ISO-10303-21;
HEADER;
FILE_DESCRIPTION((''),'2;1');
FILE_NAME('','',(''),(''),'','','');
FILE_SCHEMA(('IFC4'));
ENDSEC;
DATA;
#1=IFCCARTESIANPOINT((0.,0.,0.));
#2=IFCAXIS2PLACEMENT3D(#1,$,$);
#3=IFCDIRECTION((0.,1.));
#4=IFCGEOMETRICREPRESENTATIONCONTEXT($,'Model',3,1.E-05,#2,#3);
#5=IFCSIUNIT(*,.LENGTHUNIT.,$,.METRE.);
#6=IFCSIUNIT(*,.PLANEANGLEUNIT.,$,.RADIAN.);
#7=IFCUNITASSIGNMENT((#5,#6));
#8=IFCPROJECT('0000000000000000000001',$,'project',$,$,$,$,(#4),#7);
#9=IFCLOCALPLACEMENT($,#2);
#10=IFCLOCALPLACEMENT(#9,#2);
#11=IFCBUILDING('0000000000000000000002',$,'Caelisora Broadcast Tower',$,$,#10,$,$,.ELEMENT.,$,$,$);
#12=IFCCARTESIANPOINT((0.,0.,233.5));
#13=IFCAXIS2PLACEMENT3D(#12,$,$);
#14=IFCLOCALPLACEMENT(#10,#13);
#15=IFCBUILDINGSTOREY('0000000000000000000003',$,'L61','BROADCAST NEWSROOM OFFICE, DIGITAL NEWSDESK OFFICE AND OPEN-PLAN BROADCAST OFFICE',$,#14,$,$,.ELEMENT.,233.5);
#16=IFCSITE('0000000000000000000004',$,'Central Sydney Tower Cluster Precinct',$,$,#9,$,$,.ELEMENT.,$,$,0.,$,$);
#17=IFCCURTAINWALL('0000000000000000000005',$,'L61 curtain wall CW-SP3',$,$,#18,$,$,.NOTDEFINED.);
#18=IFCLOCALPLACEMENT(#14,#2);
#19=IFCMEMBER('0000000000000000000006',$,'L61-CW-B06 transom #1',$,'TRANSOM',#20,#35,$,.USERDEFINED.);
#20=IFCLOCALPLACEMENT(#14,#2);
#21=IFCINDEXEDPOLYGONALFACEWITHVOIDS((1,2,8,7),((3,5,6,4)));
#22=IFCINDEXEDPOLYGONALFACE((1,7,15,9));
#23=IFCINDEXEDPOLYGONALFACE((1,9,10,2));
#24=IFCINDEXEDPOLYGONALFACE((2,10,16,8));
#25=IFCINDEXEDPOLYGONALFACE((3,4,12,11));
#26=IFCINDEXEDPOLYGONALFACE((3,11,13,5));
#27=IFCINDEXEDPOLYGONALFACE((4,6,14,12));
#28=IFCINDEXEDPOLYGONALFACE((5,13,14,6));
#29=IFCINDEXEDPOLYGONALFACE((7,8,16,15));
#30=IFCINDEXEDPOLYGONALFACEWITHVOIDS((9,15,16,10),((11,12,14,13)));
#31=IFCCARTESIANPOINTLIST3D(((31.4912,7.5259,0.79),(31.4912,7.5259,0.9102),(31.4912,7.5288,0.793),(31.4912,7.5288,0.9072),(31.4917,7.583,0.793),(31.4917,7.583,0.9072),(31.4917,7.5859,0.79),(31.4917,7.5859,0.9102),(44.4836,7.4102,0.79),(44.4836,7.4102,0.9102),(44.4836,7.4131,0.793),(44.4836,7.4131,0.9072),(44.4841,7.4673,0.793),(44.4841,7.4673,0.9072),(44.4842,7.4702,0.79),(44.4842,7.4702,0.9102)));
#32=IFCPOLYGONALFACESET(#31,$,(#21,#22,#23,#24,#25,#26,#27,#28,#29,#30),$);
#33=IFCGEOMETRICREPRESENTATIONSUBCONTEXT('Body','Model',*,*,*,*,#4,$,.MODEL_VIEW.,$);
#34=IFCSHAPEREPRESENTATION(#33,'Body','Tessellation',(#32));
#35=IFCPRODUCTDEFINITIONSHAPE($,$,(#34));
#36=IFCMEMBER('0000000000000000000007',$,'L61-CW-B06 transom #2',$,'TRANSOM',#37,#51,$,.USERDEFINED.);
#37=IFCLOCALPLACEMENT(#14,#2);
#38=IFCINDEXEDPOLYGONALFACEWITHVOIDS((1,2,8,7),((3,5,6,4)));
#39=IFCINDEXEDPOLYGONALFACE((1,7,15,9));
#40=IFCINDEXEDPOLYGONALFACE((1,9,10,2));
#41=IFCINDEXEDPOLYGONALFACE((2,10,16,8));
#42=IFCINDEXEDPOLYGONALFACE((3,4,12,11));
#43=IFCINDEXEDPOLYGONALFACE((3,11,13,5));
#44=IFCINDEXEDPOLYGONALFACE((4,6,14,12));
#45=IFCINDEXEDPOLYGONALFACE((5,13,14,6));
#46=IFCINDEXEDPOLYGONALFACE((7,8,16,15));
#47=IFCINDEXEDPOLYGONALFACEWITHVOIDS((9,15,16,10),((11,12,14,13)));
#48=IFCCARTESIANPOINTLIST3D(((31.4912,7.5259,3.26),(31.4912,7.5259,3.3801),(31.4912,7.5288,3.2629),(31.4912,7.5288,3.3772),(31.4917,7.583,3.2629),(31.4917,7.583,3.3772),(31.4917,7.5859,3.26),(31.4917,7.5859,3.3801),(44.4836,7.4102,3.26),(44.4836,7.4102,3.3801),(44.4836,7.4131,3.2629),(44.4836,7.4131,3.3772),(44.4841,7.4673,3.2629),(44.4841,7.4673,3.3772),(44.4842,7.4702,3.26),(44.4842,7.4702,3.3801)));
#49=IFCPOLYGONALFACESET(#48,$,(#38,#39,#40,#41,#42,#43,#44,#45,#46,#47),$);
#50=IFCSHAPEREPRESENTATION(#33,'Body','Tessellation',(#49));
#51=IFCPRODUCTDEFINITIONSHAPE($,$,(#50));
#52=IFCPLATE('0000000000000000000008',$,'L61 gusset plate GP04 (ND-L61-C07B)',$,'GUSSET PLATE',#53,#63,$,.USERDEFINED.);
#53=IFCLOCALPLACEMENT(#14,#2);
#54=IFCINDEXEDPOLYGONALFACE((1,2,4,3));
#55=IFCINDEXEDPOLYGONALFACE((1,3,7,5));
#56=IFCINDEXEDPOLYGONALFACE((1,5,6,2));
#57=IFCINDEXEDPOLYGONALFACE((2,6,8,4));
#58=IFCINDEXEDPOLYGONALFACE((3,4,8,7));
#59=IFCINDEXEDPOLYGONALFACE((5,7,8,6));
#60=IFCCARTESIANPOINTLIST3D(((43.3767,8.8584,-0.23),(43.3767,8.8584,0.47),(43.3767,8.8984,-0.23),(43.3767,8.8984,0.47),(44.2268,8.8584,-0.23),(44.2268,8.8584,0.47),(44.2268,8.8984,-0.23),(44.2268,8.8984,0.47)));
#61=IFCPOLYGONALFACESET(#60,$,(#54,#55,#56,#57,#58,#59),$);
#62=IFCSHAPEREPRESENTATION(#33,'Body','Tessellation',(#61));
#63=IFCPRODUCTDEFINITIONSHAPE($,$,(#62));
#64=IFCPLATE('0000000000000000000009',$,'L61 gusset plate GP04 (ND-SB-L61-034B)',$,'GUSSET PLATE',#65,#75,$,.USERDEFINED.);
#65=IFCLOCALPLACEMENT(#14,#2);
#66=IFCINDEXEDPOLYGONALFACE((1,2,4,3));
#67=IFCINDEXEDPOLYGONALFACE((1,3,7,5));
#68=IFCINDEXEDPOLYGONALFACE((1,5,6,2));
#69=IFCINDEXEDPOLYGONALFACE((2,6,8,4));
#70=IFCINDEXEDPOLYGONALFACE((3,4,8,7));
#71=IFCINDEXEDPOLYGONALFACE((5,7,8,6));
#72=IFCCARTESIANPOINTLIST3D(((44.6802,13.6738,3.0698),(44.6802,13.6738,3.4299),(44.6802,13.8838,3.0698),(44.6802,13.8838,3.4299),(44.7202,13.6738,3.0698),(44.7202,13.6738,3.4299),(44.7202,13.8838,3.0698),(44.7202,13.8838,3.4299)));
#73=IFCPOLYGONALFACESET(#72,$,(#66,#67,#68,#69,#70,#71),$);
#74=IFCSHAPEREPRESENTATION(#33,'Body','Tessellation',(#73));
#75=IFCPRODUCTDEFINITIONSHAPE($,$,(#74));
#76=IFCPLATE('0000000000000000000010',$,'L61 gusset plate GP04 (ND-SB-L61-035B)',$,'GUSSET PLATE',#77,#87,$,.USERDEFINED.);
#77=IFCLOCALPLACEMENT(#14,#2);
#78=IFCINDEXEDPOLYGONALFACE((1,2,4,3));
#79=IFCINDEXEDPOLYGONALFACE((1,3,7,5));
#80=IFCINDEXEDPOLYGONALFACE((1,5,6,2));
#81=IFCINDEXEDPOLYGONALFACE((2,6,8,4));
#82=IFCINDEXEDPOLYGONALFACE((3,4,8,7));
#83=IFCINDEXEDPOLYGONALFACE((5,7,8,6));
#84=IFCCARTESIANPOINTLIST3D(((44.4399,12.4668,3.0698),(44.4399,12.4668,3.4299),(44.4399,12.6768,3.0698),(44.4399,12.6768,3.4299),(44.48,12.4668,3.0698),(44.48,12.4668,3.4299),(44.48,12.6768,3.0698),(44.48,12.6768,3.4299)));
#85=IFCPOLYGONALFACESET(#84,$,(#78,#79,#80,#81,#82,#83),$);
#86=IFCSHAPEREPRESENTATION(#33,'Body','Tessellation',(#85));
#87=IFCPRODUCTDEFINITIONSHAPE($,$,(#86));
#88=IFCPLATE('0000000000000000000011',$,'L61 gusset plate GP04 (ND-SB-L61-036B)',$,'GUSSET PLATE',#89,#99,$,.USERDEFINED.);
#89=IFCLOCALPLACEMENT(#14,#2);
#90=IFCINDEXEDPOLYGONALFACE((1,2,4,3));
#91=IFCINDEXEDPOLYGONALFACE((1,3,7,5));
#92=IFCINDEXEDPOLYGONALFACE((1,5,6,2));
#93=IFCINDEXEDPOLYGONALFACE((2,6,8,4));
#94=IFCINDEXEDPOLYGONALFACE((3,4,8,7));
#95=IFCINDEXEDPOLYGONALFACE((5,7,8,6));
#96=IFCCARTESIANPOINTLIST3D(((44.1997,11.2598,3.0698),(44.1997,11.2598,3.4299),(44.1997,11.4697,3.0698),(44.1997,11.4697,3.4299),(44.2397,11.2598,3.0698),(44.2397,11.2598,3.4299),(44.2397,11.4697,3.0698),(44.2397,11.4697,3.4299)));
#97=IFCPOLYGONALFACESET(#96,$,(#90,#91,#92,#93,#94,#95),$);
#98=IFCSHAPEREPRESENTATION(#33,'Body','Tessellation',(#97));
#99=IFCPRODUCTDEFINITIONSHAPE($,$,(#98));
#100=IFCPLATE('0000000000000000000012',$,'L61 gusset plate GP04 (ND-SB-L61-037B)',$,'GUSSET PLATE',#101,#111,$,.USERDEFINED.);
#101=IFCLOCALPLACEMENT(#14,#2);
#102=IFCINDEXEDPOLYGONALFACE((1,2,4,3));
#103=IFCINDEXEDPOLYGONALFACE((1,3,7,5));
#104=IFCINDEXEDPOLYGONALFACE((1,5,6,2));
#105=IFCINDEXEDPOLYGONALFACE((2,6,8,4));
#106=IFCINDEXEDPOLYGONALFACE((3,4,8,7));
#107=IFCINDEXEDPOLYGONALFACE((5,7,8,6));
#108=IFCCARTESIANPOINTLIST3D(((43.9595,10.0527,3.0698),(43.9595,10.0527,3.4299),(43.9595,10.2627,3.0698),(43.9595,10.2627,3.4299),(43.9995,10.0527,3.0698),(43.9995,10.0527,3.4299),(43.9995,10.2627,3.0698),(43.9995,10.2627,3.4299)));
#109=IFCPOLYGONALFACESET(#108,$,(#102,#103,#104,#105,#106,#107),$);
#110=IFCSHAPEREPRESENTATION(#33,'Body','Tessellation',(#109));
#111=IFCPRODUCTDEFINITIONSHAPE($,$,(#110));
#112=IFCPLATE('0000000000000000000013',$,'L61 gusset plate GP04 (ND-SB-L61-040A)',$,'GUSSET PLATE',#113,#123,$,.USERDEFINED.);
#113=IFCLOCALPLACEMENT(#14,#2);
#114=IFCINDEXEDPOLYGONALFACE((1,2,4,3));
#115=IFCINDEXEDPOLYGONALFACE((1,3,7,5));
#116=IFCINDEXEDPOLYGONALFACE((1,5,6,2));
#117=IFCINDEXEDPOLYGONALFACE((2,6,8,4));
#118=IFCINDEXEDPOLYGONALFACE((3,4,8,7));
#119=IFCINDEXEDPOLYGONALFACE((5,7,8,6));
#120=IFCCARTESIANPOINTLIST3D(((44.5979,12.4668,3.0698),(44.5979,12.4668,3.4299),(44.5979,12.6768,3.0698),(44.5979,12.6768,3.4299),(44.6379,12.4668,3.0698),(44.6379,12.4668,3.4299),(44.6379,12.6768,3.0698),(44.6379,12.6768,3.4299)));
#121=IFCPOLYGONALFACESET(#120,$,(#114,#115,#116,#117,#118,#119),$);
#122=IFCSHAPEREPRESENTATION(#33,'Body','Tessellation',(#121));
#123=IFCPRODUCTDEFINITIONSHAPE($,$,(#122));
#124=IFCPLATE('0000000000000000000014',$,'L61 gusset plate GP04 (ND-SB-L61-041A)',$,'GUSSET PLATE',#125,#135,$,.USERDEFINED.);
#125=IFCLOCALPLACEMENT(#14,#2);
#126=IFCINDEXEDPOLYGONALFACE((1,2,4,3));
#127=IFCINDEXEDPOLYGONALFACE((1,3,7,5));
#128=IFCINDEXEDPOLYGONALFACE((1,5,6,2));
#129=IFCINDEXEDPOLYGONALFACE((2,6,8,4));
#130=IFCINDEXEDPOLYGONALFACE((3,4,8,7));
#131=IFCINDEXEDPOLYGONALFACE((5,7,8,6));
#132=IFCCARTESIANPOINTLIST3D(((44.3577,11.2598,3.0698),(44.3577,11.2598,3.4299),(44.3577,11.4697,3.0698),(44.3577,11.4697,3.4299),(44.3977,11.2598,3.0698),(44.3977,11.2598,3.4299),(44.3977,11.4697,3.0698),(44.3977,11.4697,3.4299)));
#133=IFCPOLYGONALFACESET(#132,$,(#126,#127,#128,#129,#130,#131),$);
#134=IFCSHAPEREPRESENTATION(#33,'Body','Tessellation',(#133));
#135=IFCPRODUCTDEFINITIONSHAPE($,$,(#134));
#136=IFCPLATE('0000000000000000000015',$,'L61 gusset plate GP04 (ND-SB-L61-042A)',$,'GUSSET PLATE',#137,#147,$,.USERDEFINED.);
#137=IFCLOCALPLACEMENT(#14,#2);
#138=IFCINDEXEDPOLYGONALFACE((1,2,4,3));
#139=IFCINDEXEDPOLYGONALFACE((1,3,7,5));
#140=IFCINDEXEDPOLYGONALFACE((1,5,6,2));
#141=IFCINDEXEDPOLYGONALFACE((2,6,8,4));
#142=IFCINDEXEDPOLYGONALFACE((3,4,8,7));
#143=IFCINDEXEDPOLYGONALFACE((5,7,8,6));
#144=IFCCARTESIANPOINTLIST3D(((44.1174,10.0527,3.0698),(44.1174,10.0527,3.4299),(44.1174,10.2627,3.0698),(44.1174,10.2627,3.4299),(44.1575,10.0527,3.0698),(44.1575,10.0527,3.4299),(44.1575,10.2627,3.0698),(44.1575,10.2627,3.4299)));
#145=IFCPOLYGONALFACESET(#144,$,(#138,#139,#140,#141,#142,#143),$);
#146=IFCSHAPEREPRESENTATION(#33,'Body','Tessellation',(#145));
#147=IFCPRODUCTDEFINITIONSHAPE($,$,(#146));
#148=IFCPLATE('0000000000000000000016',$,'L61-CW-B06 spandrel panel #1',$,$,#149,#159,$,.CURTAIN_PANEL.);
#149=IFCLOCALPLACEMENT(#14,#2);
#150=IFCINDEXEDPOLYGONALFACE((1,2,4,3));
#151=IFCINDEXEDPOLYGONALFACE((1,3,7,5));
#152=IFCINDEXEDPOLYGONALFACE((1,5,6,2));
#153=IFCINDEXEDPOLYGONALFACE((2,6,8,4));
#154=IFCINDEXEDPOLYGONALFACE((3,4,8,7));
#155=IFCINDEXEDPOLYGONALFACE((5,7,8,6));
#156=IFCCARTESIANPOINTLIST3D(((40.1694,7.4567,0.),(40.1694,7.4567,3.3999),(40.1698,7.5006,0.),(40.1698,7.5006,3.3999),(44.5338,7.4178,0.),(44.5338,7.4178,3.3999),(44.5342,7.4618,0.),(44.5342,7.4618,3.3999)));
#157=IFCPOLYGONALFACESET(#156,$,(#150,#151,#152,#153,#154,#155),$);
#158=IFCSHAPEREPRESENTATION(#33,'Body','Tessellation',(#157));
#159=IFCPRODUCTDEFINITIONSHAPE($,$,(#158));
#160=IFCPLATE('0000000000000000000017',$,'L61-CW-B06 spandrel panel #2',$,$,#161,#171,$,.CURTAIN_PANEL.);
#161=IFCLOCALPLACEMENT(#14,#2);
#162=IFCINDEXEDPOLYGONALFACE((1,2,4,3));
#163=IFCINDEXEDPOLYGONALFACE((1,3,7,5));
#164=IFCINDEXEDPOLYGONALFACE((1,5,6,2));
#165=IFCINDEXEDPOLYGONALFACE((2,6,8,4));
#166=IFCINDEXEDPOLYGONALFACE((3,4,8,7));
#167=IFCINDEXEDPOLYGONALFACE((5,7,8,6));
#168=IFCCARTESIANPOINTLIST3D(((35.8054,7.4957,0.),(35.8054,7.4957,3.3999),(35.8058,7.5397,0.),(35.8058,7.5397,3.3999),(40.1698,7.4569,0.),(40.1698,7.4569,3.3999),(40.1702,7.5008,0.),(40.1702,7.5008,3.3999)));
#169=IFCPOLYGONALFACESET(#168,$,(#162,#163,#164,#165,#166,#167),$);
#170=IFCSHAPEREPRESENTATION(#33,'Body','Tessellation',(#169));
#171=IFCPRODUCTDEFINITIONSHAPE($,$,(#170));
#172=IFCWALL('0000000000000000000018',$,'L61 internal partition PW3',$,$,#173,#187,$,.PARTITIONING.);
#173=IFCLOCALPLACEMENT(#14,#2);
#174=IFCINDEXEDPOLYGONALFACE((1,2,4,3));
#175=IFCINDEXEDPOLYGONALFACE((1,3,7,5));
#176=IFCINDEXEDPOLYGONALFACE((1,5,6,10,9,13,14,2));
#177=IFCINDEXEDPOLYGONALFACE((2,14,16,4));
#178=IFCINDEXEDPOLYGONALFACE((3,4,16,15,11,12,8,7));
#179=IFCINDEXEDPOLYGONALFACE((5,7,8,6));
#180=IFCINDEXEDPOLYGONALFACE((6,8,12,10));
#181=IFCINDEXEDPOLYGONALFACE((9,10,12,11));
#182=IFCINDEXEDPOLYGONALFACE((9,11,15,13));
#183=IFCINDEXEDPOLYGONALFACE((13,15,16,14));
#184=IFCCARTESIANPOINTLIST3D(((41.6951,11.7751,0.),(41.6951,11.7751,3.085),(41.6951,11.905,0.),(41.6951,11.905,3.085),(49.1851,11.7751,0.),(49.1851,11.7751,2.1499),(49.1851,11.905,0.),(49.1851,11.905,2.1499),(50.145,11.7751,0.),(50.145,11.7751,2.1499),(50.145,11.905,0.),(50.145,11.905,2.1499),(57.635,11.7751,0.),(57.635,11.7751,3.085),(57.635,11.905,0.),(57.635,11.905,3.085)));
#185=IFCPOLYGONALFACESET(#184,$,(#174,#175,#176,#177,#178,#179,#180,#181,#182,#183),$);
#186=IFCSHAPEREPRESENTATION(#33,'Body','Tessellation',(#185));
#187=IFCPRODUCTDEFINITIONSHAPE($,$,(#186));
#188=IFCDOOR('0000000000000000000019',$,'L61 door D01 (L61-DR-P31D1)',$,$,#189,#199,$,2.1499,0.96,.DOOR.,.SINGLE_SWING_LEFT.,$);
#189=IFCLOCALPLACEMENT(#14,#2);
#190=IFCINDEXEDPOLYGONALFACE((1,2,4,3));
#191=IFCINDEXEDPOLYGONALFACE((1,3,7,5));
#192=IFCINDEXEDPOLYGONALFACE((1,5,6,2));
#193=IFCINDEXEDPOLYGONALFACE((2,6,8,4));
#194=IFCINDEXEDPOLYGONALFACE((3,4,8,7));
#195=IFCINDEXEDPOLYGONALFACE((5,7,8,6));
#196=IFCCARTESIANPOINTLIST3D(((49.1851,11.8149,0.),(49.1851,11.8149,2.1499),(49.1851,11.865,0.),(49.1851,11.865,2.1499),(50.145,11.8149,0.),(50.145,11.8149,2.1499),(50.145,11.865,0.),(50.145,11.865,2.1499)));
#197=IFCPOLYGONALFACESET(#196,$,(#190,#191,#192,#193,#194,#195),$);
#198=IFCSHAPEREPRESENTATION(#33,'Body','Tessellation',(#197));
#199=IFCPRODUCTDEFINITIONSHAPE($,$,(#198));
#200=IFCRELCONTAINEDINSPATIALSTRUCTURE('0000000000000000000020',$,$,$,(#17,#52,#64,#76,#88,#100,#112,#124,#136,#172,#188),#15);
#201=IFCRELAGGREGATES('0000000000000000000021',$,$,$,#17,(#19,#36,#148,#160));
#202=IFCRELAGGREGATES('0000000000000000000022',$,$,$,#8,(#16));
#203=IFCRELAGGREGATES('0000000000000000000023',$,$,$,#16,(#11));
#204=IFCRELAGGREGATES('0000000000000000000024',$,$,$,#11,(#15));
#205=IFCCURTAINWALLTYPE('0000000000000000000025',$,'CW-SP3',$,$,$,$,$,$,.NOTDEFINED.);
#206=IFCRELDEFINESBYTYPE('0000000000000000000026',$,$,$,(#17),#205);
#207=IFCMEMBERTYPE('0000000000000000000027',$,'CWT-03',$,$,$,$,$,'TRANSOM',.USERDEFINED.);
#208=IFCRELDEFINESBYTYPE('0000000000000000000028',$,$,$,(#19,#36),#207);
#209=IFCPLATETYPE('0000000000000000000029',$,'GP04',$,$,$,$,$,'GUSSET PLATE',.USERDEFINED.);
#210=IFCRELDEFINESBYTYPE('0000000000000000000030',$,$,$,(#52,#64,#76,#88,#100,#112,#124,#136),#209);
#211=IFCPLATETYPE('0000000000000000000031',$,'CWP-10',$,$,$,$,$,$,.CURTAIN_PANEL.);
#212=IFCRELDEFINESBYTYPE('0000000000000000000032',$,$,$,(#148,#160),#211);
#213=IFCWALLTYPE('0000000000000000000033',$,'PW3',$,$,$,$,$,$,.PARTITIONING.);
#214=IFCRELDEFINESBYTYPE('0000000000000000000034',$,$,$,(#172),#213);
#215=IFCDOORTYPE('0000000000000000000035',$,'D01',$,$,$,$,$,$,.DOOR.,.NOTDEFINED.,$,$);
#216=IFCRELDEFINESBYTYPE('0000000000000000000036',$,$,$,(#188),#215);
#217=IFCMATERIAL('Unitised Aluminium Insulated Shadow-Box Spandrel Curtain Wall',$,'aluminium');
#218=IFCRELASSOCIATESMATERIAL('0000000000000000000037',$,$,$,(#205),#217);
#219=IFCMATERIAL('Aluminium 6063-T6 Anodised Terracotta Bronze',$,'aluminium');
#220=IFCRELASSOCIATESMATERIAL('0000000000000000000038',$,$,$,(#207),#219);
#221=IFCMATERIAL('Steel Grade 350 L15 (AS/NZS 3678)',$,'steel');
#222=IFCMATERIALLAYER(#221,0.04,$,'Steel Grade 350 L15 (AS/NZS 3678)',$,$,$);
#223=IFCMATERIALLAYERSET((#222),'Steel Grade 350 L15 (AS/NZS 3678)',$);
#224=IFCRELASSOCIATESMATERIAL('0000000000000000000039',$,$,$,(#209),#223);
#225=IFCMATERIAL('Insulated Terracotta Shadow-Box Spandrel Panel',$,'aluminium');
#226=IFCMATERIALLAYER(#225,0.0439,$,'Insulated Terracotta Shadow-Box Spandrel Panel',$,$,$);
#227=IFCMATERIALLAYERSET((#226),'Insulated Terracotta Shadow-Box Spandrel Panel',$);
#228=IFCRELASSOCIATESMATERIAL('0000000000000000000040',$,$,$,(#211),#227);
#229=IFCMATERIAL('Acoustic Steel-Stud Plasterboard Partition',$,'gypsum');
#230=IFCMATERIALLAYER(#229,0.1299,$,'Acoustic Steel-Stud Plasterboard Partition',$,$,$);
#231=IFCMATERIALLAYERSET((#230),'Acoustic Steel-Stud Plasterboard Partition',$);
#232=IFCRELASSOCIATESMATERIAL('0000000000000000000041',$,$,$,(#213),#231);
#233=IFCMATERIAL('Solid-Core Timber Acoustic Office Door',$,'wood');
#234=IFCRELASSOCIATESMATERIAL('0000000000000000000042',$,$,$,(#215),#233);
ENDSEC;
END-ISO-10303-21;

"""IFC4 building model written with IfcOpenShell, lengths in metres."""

from ifc_helpers import new_model, si_unit, direction, frame, frame_2d, origin, origin_2d, place, context, subcontext, project, spatial, rectangle, hollow_rectangle, extrude, source, transform, mapped, material, layer, layer_set, material_profile, profile_set, type_object, type_shapes, element, fill, aggregate, save


model = new_model("IFC4")

# Units and contexts
model_context = context("Model", 3, precision=1e-05, world=origin(), true_north=direction((0.0, 1.0)))
body_context = subcontext(model_context, "Body", "Model", "MODEL_VIEW")
ifc_project = project(units=[si_unit("LENGTHUNIT", "METRE"), si_unit("PLANEANGLEUNIT", "RADIAN")], contexts=[model_context])

# Site, building, storey
site_placement = place(None, origin())
site = spatial("IfcSite", under=ifc_project, at=site_placement, Name="Central Sydney Tower Cluster Precinct", CompositionType="ELEMENT", RefElevation=0.0)
building_placement = place(site_placement, origin())
building = spatial("IfcBuilding", under=site, at=building_placement, Name="Caelisora Broadcast Tower", CompositionType="ELEMENT")
storey_placement = place(building_placement, frame((0.0, 0.0, 233.5)))
storey = spatial("IfcBuildingStorey", under=building, at=storey_placement, Name="L61", Description="BROADCAST NEWSROOM OFFICE, DIGITAL NEWSDESK OFFICE AND OPEN-PLAN BROADCAST OFFICE", CompositionType="ELEMENT", Elevation=233.5)

# Shared definitions
ifc_material_1 = material(Name="Steel Grade 350 L15 (AS/NZS 3678)", Category="steel")

# Shared definitions
ifc_material_2 = material(Name="Aluminium 6063-T6 Anodised Terracotta Bronze", Category="aluminium")

# Curtain wall, members
ifc_material_3 = material(Name="Unitised Aluminium Insulated Shadow-Box Spandrel Curtain Wall", Category="aluminium")
curtain_wall_type_1 = type_object("IfcCurtainWallType", Name="CW-SP3", PredefinedType="NOTDEFINED", material=ifc_material_3)
curtain_wall_1_placement = place(storey_placement, origin())
curtain_wall_1 = element("IfcCurtainWall", 1, at=curtain_wall_1_placement, inside=storey, type_object=curtain_wall_type_1, Name="L61 curtain wall CW-SP3", PredefinedType="NOTDEFINED")
ifc_material_profile_1 = material_profile(ifc_material_2, hollow_rectangle(XDim=0.0601, YDim=0.1201, WallThickness=0.0029, at=origin_2d()), Name="Aluminium 6063-T6 Anodised Terracotta Bronze")
ifc_profile_set_1 = profile_set([ifc_material_profile_1], Name="Aluminium 6063-T6 Anodised Terracotta Bronze")
member_type_1 = type_object("IfcMemberType", Name="CWT-03", ElementType="TRANSOM", PredefinedType="USERDEFINED", material=ifc_profile_set_1)
shared_shape_1 = source(origin(), body_context, "Body", "SweptSolid", [
    extrude(hollow_rectangle(XDim=0.0601, YDim=0.1201, WallThickness=0.0029, at=origin_2d()), origin(), (0.0, 0.0, 1.0), 12.9929),
])
type_shapes(member_type_1, [shared_shape_1])
member_1_placement = place(storey_placement, frame((44.4839, 7.4402, 0.8501), z_axis=(-0.99996, 0.008907, 0.0), x_axis=(-0.008907, -0.99996, 0.0)))
member_1 = element("IfcMember", 2, at=member_1_placement, type_object=member_type_1, Name="L61-CW-B06 transom #1", ObjectType="TRANSOM", PredefinedType="USERDEFINED", context=body_context, shape_type="MappedRepresentation", body=[
    mapped(shared_shape_1, transform((0.0, 0.0, 0.0), scale=1.0)),
])
member_2_placement = place(storey_placement, frame((44.4839, 7.4402, 3.3201), z_axis=(-0.99996, 0.008907, 0.0), x_axis=(-0.008907, -0.99996, 0.0)))
member_2 = element("IfcMember", 3, at=member_2_placement, type_object=member_type_1, Name="L61-CW-B06 transom #2", ObjectType="TRANSOM", PredefinedType="USERDEFINED", context=body_context, shape_type="MappedRepresentation", body=[
    mapped(shared_shape_1, transform((0.0, 0.0, 0.0), scale=1.0)),
])

# Plates
ifc_layer_1 = layer(ifc_material_1, 0.04, Name="Steel Grade 350 L15 (AS/NZS 3678)")
ifc_layer_set_1 = layer_set([ifc_layer_1], Name="Steel Grade 350 L15 (AS/NZS 3678)")
plate_type_1 = type_object("IfcPlateType", Name="GP04", ElementType="GUSSET PLATE", PredefinedType="USERDEFINED", material=ifc_layer_set_1)
shared_shape_2 = source(origin(), body_context, "Body", "SweptSolid", [
    extrude(rectangle(XDim=0.8501, YDim=0.04, at=origin_2d()), origin(), (0.0, 0.0, 1.0), 0.7),
])
plate_1_placement = place(storey_placement, frame((43.8018, 8.8784, -0.23), z_axis=(0.0, 0.0, 1.0), x_axis=(1.0, 0.0, 0.0)))
element("IfcPlate", 4, at=plate_1_placement, inside=storey, type_object=plate_type_1, Name="L61 gusset plate GP04 (ND-L61-C07B)", ObjectType="GUSSET PLATE", PredefinedType="USERDEFINED", context=body_context, shape_type="MappedRepresentation", body=[
    mapped(shared_shape_2, transform((0.0, 0.0, 0.0), scale=1.0)),
])
shared_shape_3 = source(origin(), body_context, "Body", "SweptSolid", [
    extrude(rectangle(XDim=0.21, YDim=0.04, at=origin_2d()), origin(), (0.0, 0.0, 1.0), 0.3601),
])
type_shapes(plate_type_1, [shared_shape_2, shared_shape_3])
for number, where, z_axis, x_axis, name in (
    (5, (44.7002, 13.7788, 3.0698), (0.0, 0.0, 1.0), (0.0, 1.0, 0.0), "L61 gusset plate GP04 (ND-SB-L61-034B)"),
    (6, (44.46, 12.5718, 3.0698), (0.0, 0.0, 1.0), (0.0, 1.0, 0.0), "L61 gusset plate GP04 (ND-SB-L61-035B)"),
    (7, (44.2197, 11.3647, 3.0698), (0.0, 0.0, 1.0), (0.0, 1.0, 0.0), "L61 gusset plate GP04 (ND-SB-L61-036B)"),
    (8, (43.9795, 10.1577, 3.0698), (0.0, 0.0, 1.0), (0.0, 1.0, 0.0), "L61 gusset plate GP04 (ND-SB-L61-037B)"),
    (9, (44.6179, 12.5718, 3.0698), (0.0, 0.0, 1.0), (0.0, 1.0, 0.0), "L61 gusset plate GP04 (ND-SB-L61-040A)"),
    (10, (44.3777, 11.3647, 3.0698), (0.0, 0.0, 1.0), (0.0, 1.0, 0.0), "L61 gusset plate GP04 (ND-SB-L61-041A)"),
    (11, (44.1375, 10.1577, 3.0698), (0.0, 0.0, 1.0), (0.0, 1.0, 0.0), "L61 gusset plate GP04 (ND-SB-L61-042A)"),
):
    element("IfcPlate", number, at=place(storey_placement, frame(where, z_axis=z_axis, x_axis=x_axis)), inside=storey, type_object=plate_type_1, Name=name, ObjectType="GUSSET PLATE", PredefinedType="USERDEFINED", context=body_context, shape_type="MappedRepresentation", body=[
        mapped(shared_shape_3, transform((0.0, 0.0, 0.0), scale=1.0)),
    ])

# Plates
ifc_material_4 = material(Name="Insulated Terracotta Shadow-Box Spandrel Panel", Category="aluminium")
ifc_layer_2 = layer(ifc_material_4, 0.0439, Name="Insulated Terracotta Shadow-Box Spandrel Panel")
ifc_layer_set_2 = layer_set([ifc_layer_2], Name="Insulated Terracotta Shadow-Box Spandrel Panel")
plate_type_2 = type_object("IfcPlateType", Name="CWP-10", PredefinedType="CURTAIN_PANEL", material=ifc_layer_set_2)
shared_shape_4 = source(origin(), body_context, "Body", "SweptSolid", [
    extrude(rectangle(XDim=4.3645, YDim=0.0439, at=origin_2d()), origin(), (0.0, 0.0, 1.0), 3.3999),
])
type_shapes(plate_type_2, [shared_shape_4])
plate_2_placement = place(storey_placement, frame((42.3518, 7.4592, 0.0), z_axis=(0.0, 0.0, 1.0), x_axis=(-0.99996, 0.008901, 0.0)))
plate_2 = element("IfcPlate", 12, at=plate_2_placement, type_object=plate_type_2, Name="L61-CW-B06 spandrel panel #1", PredefinedType="CURTAIN_PANEL", context=body_context, shape_type="MappedRepresentation", body=[
    mapped(shared_shape_4, transform((0.0, 0.0, 0.0), scale=1.0)),
])
plate_3_placement = place(storey_placement, frame((37.9878, 7.4983, 0.0), z_axis=(0.0, 0.0, 1.0), x_axis=(-0.99996, 0.008901, 0.0)))
plate_3 = element("IfcPlate", 13, at=plate_3_placement, type_object=plate_type_2, Name="L61-CW-B06 spandrel panel #2", PredefinedType="CURTAIN_PANEL", context=body_context, shape_type="MappedRepresentation", body=[
    mapped(shared_shape_4, transform((0.0, 0.0, 0.0), scale=1.0)),
])
aggregate(curtain_wall_1, [member_1, member_2, plate_2, plate_3])

# Wall, opening, door
ifc_material_5 = material(Name="Acoustic Steel-Stud Plasterboard Partition", Category="gypsum")
ifc_layer_3 = layer(ifc_material_5, 0.1299, Name="Acoustic Steel-Stud Plasterboard Partition")
ifc_layer_set_3 = layer_set([ifc_layer_3], Name="Acoustic Steel-Stud Plasterboard Partition")
wall_type = type_object("IfcWallType", Name="PW3", PredefinedType="PARTITIONING", material=ifc_layer_set_3)
wall_1_placement = place(storey_placement, frame((41.6951, 11.8401, 0.0), z_axis=(0.0, 0.0, 1.0), x_axis=(1.0, 0.0, 0.0)))
wall_1 = element("IfcWall", 14, at=wall_1_placement, inside=storey, type_object=wall_type, Name="L61 internal partition PW3", PredefinedType="PARTITIONING", context=body_context, shape_type="SweptSolid", body=[
    extrude(rectangle(XDim=15.9399, YDim=0.1299, at=frame_2d((7.97, 0.0))), origin(), (0.0, 0.0, 1.0), 3.085),
])
opening_placement = place(wall_1_placement, frame((7.49, 0.0, 0.0)))
opening = element("IfcOpeningElement", 15, at=opening_placement, cuts=wall_1, PredefinedType="OPENING", context=body_context, shape_type="SweptSolid", body=[
    extrude(rectangle(XDim=0.96, YDim=2.1499, at=frame_2d((0.48, 1.075))), frame((0.0, 0.0769, 0.0), z_axis=(0.0, -1.0, 0.0), x_axis=(1.0, 0.0, 0.0)), (0.0, 0.0, 1.0), 0.1538),
])
ifc_material_6 = material(Name="Solid-Core Timber Acoustic Office Door", Category="wood")
door_type = type_object("IfcDoorType", Name="D01", OperationType="NOTDEFINED", PredefinedType="DOOR", material=ifc_material_6)
door_placement = place(opening_placement, origin())
door = element("IfcDoor", 16, at=door_placement, inside=storey, type_object=door_type, Name="L61 door D01 (L61-DR-P31D1)", OperationType="SINGLE_SWING_LEFT", OverallHeight=2.1499, OverallWidth=0.96, PredefinedType="DOOR", context=body_context, shape_type="SweptSolid", body=[
    extrude(rectangle(XDim=0.96, YDim=2.1499, at=frame_2d((0.48, 1.075))), frame((0.0, 0.0249, 0.0), z_axis=(0.0, -1.0, 0.0), x_axis=(1.0, 0.0, 0.0)), (0.0, 0.0, 1.0), 0.05),
])
fill(opening, door)

save(model, "model.ifc")
